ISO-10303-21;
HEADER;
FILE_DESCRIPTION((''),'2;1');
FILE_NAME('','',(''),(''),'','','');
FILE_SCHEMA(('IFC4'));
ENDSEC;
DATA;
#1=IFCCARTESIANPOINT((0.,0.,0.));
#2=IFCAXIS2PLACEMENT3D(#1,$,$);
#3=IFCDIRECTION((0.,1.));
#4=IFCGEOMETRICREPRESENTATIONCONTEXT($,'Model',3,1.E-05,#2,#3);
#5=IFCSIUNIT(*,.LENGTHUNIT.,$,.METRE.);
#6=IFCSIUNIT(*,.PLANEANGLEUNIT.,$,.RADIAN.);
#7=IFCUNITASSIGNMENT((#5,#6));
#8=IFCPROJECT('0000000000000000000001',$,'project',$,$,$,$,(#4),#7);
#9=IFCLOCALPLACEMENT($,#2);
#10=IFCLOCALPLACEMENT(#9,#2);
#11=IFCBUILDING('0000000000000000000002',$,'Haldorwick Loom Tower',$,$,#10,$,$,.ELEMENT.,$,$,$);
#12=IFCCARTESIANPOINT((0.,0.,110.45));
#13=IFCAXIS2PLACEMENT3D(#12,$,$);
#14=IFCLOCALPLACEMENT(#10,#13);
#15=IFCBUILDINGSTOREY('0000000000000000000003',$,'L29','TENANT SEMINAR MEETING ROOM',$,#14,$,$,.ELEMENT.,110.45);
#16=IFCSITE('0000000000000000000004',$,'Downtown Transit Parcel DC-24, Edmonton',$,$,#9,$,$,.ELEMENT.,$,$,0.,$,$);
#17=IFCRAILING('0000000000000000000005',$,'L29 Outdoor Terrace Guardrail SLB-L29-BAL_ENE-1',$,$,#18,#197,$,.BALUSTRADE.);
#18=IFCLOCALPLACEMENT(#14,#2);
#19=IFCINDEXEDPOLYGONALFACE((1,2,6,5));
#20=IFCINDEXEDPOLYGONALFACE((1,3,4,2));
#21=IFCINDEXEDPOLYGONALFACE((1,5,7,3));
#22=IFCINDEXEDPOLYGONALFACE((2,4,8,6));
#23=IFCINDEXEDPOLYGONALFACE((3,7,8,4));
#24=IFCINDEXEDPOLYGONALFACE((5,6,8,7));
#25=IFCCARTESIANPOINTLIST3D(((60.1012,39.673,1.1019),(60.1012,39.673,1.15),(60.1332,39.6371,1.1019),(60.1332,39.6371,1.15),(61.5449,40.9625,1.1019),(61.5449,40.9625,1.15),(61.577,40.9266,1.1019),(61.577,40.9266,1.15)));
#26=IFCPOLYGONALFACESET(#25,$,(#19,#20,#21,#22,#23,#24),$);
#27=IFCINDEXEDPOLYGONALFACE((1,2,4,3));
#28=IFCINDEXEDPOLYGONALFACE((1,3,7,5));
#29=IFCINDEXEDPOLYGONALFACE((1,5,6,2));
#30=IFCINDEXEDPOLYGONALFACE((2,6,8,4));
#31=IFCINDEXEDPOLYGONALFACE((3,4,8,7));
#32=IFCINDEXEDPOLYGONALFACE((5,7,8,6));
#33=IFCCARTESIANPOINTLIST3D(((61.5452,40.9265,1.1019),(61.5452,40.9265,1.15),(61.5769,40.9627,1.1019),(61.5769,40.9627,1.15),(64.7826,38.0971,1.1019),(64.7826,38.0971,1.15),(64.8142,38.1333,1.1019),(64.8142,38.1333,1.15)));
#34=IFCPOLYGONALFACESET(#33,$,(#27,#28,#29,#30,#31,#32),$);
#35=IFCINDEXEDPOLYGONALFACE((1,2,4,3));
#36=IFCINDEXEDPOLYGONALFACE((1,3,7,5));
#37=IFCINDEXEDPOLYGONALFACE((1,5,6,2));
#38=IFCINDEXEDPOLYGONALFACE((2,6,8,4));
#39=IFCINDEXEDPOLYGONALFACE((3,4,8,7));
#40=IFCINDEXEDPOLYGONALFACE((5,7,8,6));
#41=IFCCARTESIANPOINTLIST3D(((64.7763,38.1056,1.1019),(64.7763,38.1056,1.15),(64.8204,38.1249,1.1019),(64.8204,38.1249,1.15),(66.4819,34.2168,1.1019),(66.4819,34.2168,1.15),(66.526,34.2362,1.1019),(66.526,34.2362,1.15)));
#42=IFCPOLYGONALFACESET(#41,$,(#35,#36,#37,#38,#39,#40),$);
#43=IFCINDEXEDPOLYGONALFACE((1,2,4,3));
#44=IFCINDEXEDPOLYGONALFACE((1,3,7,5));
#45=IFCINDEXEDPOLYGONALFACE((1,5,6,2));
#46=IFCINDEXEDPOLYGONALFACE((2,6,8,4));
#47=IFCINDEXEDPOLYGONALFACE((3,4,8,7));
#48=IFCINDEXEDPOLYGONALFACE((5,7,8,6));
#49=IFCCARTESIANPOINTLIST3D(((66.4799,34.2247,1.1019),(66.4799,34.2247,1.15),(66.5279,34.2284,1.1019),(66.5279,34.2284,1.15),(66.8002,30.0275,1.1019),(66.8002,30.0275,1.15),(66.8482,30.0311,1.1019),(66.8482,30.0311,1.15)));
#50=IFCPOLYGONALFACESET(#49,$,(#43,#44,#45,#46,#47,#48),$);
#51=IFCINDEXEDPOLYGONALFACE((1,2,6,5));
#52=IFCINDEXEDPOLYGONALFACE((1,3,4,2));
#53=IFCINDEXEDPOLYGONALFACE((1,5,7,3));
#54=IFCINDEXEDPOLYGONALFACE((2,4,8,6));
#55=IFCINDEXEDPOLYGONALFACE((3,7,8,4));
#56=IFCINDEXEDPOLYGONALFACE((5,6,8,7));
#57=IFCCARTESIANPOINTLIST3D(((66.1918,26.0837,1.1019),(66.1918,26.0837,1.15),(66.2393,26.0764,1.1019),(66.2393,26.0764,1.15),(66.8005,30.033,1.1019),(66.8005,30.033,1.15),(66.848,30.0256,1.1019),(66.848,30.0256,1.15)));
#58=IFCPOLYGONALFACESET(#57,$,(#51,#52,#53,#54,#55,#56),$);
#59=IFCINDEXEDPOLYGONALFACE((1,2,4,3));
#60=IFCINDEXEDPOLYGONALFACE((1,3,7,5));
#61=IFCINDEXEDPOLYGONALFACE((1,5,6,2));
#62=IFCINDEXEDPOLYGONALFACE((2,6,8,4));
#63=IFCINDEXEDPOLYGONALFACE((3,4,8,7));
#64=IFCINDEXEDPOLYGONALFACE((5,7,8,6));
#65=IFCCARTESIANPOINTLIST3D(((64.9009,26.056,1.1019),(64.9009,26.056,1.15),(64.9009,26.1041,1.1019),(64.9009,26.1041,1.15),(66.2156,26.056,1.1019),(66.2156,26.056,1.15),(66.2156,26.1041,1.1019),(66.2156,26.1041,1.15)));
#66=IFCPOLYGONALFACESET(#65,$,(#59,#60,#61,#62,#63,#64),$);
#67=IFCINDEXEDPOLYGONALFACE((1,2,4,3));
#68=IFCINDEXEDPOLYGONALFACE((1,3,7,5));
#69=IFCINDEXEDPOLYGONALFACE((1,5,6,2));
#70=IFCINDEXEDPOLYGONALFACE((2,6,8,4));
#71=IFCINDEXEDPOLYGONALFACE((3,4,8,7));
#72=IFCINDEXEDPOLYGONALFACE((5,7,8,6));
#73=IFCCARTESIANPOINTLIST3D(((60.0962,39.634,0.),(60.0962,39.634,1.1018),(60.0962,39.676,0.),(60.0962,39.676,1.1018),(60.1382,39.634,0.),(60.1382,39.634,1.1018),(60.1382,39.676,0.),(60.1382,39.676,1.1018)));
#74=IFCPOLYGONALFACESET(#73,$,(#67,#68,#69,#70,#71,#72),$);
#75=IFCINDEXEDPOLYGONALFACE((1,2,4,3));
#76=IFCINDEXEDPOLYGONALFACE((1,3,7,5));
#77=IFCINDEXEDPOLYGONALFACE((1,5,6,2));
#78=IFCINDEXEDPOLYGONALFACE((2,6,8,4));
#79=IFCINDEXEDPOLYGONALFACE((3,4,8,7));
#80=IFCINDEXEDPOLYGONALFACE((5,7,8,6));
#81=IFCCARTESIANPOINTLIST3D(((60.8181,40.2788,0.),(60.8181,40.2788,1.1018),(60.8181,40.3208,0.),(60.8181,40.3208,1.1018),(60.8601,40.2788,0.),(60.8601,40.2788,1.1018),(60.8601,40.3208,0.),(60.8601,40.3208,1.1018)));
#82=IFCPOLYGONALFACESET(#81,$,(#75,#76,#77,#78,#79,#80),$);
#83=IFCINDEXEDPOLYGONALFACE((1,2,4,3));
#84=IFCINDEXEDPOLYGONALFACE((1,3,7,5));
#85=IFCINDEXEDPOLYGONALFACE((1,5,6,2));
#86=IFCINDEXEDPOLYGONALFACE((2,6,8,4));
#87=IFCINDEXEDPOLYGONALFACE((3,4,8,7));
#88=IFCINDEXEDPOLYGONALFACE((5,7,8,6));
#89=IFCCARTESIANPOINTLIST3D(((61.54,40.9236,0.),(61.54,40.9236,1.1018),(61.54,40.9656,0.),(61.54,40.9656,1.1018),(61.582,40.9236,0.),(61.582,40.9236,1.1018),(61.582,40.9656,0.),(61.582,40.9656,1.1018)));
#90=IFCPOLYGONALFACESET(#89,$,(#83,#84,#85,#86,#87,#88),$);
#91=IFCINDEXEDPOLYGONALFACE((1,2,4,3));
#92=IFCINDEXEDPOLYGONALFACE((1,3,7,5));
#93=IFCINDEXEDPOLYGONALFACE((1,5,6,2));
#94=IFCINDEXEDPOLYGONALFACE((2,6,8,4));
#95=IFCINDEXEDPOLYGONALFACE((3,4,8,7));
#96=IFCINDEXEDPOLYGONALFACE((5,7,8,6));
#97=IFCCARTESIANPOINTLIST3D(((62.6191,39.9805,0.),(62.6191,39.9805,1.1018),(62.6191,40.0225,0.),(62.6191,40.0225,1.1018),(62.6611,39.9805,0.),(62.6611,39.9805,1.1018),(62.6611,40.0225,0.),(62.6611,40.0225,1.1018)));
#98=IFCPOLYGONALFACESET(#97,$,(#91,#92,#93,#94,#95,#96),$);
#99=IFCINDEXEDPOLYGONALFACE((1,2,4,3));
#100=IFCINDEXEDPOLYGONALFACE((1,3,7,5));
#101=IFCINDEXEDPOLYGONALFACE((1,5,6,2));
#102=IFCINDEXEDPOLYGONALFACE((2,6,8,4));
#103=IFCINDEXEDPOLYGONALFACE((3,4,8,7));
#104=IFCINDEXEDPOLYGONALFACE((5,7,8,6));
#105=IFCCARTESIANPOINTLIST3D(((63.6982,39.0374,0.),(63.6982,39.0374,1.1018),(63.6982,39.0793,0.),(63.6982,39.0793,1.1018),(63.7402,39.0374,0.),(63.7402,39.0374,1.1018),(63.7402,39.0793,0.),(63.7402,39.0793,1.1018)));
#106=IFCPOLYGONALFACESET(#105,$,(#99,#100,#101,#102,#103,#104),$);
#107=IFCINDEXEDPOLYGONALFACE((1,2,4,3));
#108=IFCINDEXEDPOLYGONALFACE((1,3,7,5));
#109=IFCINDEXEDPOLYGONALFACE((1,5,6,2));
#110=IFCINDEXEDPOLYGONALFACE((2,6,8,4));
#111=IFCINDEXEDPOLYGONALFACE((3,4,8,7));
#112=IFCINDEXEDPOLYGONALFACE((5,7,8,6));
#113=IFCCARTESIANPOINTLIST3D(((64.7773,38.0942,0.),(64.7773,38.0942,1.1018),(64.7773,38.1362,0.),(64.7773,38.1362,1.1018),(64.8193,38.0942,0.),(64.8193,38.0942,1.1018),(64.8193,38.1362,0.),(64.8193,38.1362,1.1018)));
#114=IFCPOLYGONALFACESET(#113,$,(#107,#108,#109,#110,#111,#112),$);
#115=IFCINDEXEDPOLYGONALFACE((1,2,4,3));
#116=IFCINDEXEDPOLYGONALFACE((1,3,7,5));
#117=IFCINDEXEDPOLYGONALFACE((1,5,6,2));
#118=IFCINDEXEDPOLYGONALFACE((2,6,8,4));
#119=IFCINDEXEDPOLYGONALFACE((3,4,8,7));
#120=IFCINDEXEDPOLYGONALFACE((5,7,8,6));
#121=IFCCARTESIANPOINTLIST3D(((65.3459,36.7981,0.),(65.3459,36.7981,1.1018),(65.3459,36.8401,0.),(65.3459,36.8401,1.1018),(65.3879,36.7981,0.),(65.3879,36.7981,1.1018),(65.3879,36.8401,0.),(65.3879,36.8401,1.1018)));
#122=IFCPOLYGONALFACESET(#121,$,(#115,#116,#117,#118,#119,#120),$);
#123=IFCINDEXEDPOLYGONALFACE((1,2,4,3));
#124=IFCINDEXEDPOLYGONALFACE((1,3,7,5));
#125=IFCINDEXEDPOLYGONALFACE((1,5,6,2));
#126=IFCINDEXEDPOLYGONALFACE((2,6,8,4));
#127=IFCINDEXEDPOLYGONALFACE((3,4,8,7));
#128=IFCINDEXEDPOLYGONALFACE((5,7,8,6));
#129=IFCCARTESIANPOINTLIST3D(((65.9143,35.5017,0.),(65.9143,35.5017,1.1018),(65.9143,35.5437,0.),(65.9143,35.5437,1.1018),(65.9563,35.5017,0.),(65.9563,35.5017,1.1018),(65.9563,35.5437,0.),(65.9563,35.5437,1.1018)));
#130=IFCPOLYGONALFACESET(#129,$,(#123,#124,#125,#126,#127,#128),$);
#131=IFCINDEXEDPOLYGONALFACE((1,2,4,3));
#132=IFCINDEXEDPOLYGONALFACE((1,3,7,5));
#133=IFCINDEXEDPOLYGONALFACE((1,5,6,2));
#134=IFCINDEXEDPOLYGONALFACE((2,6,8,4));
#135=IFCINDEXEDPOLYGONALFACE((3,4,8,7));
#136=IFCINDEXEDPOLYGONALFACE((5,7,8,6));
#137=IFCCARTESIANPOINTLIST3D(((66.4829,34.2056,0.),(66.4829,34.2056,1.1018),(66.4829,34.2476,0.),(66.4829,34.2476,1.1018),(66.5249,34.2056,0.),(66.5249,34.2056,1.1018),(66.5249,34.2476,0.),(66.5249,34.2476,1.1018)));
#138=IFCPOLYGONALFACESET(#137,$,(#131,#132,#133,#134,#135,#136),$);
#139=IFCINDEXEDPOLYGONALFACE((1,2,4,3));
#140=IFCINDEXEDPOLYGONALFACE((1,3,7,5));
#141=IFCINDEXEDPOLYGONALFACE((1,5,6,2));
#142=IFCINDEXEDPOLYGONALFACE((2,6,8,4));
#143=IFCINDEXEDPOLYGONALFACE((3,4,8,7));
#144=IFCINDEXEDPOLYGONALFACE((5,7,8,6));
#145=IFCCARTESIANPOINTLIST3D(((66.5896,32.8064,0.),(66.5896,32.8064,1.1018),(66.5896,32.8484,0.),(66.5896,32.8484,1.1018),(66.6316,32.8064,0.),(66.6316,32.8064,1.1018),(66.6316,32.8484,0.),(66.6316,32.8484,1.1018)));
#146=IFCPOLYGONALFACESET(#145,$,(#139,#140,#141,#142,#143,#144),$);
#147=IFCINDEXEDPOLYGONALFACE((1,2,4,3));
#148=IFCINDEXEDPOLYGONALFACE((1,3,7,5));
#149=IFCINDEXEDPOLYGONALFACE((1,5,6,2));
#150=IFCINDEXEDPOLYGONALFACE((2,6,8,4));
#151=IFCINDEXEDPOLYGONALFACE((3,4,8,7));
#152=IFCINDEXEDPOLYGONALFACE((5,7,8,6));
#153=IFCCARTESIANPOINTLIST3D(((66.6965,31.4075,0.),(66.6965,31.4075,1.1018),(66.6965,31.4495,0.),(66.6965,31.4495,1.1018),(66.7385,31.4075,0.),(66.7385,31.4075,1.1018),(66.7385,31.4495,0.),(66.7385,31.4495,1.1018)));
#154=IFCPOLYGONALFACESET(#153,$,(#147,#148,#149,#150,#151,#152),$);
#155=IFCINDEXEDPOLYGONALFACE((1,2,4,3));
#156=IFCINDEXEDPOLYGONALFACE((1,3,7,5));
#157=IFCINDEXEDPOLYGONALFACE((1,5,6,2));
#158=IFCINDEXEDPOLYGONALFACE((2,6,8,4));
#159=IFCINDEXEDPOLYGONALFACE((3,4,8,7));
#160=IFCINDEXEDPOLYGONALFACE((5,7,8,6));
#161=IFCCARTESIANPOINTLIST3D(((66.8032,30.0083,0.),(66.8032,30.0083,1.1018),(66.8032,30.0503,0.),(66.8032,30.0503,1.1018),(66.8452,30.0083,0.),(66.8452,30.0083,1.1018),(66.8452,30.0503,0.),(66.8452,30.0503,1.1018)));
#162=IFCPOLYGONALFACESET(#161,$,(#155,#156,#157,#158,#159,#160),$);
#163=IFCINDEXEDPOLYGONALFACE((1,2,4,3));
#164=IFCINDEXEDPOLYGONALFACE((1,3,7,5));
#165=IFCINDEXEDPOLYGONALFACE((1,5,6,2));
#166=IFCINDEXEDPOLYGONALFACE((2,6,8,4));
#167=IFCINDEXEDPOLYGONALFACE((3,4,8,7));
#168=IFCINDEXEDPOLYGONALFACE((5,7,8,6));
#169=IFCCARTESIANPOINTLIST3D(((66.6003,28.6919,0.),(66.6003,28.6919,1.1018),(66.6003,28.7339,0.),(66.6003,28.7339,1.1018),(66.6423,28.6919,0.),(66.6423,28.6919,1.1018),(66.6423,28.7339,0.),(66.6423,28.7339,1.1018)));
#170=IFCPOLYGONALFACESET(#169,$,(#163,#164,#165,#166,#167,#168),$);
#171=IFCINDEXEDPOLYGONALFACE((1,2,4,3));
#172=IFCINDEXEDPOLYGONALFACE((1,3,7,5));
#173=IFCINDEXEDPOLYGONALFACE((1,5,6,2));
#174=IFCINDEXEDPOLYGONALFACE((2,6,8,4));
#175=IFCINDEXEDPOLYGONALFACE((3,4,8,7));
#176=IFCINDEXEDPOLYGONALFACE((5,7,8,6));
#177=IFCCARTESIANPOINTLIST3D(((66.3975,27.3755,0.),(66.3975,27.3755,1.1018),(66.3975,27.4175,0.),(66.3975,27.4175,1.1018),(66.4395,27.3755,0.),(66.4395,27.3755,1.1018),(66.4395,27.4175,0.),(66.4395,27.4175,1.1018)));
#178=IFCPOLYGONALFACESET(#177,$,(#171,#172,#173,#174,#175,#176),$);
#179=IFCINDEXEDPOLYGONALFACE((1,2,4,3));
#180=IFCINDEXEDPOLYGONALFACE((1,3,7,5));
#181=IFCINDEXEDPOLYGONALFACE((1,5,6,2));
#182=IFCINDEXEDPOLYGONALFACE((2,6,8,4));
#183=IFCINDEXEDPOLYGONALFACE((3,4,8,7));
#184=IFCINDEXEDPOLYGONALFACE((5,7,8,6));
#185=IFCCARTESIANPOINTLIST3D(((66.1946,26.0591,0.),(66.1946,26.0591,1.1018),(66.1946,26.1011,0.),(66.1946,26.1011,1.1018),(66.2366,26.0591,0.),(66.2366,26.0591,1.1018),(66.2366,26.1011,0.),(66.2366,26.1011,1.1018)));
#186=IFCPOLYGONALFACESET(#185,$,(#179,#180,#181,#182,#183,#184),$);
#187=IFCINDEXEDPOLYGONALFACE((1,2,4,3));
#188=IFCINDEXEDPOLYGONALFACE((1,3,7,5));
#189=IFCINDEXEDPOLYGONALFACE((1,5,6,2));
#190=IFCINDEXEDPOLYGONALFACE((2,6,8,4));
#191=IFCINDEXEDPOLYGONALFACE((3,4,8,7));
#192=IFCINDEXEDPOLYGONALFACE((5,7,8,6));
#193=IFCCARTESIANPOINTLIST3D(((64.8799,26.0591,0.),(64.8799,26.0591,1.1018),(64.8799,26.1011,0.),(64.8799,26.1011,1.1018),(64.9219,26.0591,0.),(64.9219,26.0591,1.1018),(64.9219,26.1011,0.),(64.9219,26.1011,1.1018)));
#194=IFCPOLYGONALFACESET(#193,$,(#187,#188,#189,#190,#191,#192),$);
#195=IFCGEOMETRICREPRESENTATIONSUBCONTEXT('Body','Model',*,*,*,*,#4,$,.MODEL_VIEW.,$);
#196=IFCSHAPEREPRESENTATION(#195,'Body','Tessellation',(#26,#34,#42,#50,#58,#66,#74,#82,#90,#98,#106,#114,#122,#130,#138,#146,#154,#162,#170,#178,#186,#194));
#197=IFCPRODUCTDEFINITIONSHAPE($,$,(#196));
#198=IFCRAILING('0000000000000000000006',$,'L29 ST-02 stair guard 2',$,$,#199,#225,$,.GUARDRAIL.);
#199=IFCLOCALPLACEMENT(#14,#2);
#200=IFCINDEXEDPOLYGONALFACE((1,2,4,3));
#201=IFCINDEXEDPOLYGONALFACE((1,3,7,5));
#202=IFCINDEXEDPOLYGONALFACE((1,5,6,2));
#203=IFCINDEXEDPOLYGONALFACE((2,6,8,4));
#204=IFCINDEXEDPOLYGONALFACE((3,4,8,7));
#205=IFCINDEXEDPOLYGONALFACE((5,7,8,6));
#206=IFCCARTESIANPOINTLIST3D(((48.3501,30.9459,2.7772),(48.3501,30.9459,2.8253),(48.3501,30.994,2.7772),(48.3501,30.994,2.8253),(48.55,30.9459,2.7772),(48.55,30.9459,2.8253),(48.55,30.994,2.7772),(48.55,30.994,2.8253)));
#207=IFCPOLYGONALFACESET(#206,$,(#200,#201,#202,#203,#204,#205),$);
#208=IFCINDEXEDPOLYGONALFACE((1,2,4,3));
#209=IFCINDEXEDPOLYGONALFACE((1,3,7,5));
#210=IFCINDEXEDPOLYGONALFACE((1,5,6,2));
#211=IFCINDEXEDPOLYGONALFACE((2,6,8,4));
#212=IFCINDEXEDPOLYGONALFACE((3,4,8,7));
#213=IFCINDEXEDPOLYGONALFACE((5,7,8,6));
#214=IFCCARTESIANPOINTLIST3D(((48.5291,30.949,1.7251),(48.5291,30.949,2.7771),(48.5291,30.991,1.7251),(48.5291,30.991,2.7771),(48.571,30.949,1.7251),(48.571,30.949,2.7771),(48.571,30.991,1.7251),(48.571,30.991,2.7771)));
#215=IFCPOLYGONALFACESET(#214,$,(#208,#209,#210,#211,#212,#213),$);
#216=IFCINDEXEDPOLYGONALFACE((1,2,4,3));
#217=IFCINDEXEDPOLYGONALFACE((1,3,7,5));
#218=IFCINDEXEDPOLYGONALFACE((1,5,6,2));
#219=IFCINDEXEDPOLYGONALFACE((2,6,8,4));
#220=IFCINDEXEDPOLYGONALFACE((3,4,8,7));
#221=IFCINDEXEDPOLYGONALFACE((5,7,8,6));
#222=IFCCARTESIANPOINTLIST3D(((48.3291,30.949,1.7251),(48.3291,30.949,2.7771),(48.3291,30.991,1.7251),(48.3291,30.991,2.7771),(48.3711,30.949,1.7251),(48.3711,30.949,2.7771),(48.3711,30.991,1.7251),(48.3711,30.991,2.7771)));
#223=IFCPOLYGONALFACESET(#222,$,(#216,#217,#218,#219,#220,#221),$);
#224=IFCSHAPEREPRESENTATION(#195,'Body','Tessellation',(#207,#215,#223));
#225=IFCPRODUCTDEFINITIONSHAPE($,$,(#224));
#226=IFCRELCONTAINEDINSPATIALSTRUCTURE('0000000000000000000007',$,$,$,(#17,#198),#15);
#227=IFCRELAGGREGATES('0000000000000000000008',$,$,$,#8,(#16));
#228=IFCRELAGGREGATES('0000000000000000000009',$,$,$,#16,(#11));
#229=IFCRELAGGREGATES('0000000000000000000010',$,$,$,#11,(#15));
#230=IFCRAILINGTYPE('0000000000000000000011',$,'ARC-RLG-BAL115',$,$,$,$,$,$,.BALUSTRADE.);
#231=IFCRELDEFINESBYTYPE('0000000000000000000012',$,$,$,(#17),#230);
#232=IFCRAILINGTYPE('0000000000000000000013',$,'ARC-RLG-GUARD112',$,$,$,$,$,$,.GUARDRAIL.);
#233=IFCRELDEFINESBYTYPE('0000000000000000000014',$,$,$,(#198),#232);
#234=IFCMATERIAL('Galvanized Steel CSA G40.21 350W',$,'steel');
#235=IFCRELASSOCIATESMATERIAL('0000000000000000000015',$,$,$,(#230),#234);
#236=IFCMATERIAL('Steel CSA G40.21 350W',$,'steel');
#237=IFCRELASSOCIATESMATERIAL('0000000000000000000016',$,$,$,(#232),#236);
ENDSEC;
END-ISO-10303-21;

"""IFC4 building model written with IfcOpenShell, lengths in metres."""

from ifc_helpers import new_model, si_unit, direction, frame, origin, origin_2d, place, context, subcontext, project, spatial, rectangle, extrude, material, type_object, element, save


model = new_model("IFC4")

# Units and contexts
model_context = context("Model", 3, precision=1e-05, world=origin(), true_north=direction((0.0, 1.0)))
body_context = subcontext(model_context, "Body", "Model", "MODEL_VIEW")
ifc_project = project(units=[si_unit("LENGTHUNIT", "METRE"), si_unit("PLANEANGLEUNIT", "RADIAN")], contexts=[model_context])

# Site, building, storey
site_placement = place(None, origin())
site = spatial("IfcSite", under=ifc_project, at=site_placement, Name="Downtown Transit Parcel DC-24, Edmonton", CompositionType="ELEMENT", RefElevation=0.0)
building_placement = place(site_placement, origin())
building = spatial("IfcBuilding", under=site, at=building_placement, Name="Haldorwick Loom Tower", CompositionType="ELEMENT")
storey_placement = place(building_placement, frame((0.0, 0.0, 110.45)))
storey = spatial("IfcBuildingStorey", under=building, at=storey_placement, Name="L29", Description="TENANT SEMINAR MEETING ROOM", CompositionType="ELEMENT", Elevation=110.45)

# Shared definitions
ifc_material_1 = material(Name="Steel CSA G40.21 350W", Category="steel")

# Railings
ifc_material_2 = material(Name="Galvanized Steel CSA G40.21 350W", Category="steel")
railing_type_1 = type_object("IfcRailingType", Name="ARC-RLG-BAL115", PredefinedType="BALUSTRADE", material=ifc_material_2)
railing_1_placement = place(storey_placement, frame((60.1172, 39.655, 0.0)))
element("IfcRailing", 1, at=railing_1_placement, inside=storey, type_object=railing_type_1, Name="L29 Outdoor Terrace Guardrail SLB-L29-BAL_ENE-1", PredefinedType="BALUSTRADE", context=body_context, shape_type="SweptSolid", body=[
    extrude(rectangle(XDim=0.0481, YDim=0.0481, at=origin_2d()), frame((0.0, 0.0, 1.126), z_axis=(0.745835, 0.666131, 0.0), x_axis=(-0.666131, 0.745835, 0.0)), (0.0, 0.0, 1.0), 1.9358),
    extrude(rectangle(XDim=0.0481, YDim=0.0481, at=origin_2d()), frame((1.4438, 1.2896, 1.126), z_axis=(0.752956, -0.65807, 0.0), x_axis=(0.65807, 0.752956, 0.0)), (0.0, 0.0, 1.0), 4.2996),
    extrude(rectangle(XDim=0.0481, YDim=0.0481, at=origin_2d()), frame((4.6812, -1.5398, 1.126), z_axis=(0.401663, -0.915787, 0.0), x_axis=(0.915787, 0.401663, 0.0)), (0.0, 0.0, 1.0), 4.2463),
    extrude(rectangle(XDim=0.0481, YDim=0.0481, at=origin_2d()), frame((6.3867, -5.4285, 1.126), z_axis=(0.076093, -0.997101, 0.0), x_axis=(0.997101, 0.076093, 0.0)), (0.0, 0.0, 1.0), 4.2095),
    extrude(rectangle(XDim=0.0481, YDim=0.0481, at=origin_2d()), frame((6.707, -9.6257, 1.126), z_axis=(-0.152319, -0.988331, 0.0), x_axis=(0.988331, -0.152319, 0.0)), (0.0, 0.0, 1.0), 3.9958),
    extrude(rectangle(XDim=0.0481, YDim=0.0481, at=origin_2d()), frame((6.0984, -13.575, 1.126), z_axis=(-1.0, 0.0, 0.0), x_axis=(0.0, -1.0, 0.0)), (0.0, 0.0, 1.0), 1.3147),
    extrude(rectangle(XDim=0.042, YDim=0.042, at=origin_2d()), origin(), (0.0, 0.0, 1.0), 1.1018),
    extrude(rectangle(XDim=0.042, YDim=0.042, at=origin_2d()), frame((0.7219, 0.6448, 0.0)), (0.0, 0.0, 1.0), 1.1018),
    extrude(rectangle(XDim=0.042, YDim=0.042, at=origin_2d()), frame((1.4438, 1.2896, 0.0)), (0.0, 0.0, 1.0), 1.1018),
    extrude(rectangle(XDim=0.042, YDim=0.042, at=origin_2d()), frame((2.5229, 0.3464, 0.0)), (0.0, 0.0, 1.0), 1.1018),
    extrude(rectangle(XDim=0.042, YDim=0.042, at=origin_2d()), frame((3.6021, -0.5967, 0.0)), (0.0, 0.0, 1.0), 1.1018),
    extrude(rectangle(XDim=0.042, YDim=0.042, at=origin_2d()), frame((4.6812, -1.5398, 0.0)), (0.0, 0.0, 1.0), 1.1018),
    extrude(rectangle(XDim=0.042, YDim=0.042, at=origin_2d()), frame((5.2498, -2.8359, 0.0)), (0.0, 0.0, 1.0), 1.1018),
    extrude(rectangle(XDim=0.042, YDim=0.042, at=origin_2d()), frame((5.8181, -4.1323, 0.0)), (0.0, 0.0, 1.0), 1.1018),
    extrude(rectangle(XDim=0.042, YDim=0.042, at=origin_2d()), frame((6.3867, -5.4285, 0.0)), (0.0, 0.0, 1.0), 1.1018),
    extrude(rectangle(XDim=0.042, YDim=0.042, at=origin_2d()), frame((6.4934, -6.8276, 0.0)), (0.0, 0.0, 1.0), 1.1018),
    extrude(rectangle(XDim=0.042, YDim=0.042, at=origin_2d()), frame((6.6003, -8.2266, 0.0)), (0.0, 0.0, 1.0), 1.1018),
    extrude(rectangle(XDim=0.042, YDim=0.042, at=origin_2d()), frame((6.707, -9.6257, 0.0)), (0.0, 0.0, 1.0), 1.1018),
    extrude(rectangle(XDim=0.042, YDim=0.042, at=origin_2d()), frame((6.5042, -10.9421, 0.0)), (0.0, 0.0, 1.0), 1.1018),
    extrude(rectangle(XDim=0.042, YDim=0.042, at=origin_2d()), frame((6.3013, -12.2585, 0.0)), (0.0, 0.0, 1.0), 1.1018),
    extrude(rectangle(XDim=0.042, YDim=0.042, at=origin_2d()), frame((6.0984, -13.575, 0.0)), (0.0, 0.0, 1.0), 1.1018),
    extrude(rectangle(XDim=0.042, YDim=0.042, at=origin_2d()), frame((4.7837, -13.575, 0.0)), (0.0, 0.0, 1.0), 1.1018),
])
railing_type_2 = type_object("IfcRailingType", Name="ARC-RLG-GUARD112", PredefinedType="GUARDRAIL", material=ifc_material_1)
railing_2_placement = place(storey_placement, frame((48.55, 30.97, 1.7251)))
element("IfcRailing", 2, at=railing_2_placement, inside=storey, type_object=railing_type_2, Name="L29 ST-02 stair guard 2", PredefinedType="GUARDRAIL", context=body_context, shape_type="SweptSolid", body=[
    extrude(rectangle(XDim=0.0481, YDim=0.0481, at=origin_2d()), frame((0.0, 0.0, 1.0762), z_axis=(-1.0, 0.0, 0.0), x_axis=(0.0, -1.0, 0.0)), (0.0, 0.0, 1.0), 0.2),
    extrude(rectangle(XDim=0.042, YDim=0.042, at=origin_2d()), origin(), (0.0, 0.0, 1.0), 1.052),
    extrude(rectangle(XDim=0.042, YDim=0.042, at=origin_2d()), frame((-0.2, 0.0, 0.0)), (0.0, 0.0, 1.0), 1.052),
])

save(model, "model.ifc")
